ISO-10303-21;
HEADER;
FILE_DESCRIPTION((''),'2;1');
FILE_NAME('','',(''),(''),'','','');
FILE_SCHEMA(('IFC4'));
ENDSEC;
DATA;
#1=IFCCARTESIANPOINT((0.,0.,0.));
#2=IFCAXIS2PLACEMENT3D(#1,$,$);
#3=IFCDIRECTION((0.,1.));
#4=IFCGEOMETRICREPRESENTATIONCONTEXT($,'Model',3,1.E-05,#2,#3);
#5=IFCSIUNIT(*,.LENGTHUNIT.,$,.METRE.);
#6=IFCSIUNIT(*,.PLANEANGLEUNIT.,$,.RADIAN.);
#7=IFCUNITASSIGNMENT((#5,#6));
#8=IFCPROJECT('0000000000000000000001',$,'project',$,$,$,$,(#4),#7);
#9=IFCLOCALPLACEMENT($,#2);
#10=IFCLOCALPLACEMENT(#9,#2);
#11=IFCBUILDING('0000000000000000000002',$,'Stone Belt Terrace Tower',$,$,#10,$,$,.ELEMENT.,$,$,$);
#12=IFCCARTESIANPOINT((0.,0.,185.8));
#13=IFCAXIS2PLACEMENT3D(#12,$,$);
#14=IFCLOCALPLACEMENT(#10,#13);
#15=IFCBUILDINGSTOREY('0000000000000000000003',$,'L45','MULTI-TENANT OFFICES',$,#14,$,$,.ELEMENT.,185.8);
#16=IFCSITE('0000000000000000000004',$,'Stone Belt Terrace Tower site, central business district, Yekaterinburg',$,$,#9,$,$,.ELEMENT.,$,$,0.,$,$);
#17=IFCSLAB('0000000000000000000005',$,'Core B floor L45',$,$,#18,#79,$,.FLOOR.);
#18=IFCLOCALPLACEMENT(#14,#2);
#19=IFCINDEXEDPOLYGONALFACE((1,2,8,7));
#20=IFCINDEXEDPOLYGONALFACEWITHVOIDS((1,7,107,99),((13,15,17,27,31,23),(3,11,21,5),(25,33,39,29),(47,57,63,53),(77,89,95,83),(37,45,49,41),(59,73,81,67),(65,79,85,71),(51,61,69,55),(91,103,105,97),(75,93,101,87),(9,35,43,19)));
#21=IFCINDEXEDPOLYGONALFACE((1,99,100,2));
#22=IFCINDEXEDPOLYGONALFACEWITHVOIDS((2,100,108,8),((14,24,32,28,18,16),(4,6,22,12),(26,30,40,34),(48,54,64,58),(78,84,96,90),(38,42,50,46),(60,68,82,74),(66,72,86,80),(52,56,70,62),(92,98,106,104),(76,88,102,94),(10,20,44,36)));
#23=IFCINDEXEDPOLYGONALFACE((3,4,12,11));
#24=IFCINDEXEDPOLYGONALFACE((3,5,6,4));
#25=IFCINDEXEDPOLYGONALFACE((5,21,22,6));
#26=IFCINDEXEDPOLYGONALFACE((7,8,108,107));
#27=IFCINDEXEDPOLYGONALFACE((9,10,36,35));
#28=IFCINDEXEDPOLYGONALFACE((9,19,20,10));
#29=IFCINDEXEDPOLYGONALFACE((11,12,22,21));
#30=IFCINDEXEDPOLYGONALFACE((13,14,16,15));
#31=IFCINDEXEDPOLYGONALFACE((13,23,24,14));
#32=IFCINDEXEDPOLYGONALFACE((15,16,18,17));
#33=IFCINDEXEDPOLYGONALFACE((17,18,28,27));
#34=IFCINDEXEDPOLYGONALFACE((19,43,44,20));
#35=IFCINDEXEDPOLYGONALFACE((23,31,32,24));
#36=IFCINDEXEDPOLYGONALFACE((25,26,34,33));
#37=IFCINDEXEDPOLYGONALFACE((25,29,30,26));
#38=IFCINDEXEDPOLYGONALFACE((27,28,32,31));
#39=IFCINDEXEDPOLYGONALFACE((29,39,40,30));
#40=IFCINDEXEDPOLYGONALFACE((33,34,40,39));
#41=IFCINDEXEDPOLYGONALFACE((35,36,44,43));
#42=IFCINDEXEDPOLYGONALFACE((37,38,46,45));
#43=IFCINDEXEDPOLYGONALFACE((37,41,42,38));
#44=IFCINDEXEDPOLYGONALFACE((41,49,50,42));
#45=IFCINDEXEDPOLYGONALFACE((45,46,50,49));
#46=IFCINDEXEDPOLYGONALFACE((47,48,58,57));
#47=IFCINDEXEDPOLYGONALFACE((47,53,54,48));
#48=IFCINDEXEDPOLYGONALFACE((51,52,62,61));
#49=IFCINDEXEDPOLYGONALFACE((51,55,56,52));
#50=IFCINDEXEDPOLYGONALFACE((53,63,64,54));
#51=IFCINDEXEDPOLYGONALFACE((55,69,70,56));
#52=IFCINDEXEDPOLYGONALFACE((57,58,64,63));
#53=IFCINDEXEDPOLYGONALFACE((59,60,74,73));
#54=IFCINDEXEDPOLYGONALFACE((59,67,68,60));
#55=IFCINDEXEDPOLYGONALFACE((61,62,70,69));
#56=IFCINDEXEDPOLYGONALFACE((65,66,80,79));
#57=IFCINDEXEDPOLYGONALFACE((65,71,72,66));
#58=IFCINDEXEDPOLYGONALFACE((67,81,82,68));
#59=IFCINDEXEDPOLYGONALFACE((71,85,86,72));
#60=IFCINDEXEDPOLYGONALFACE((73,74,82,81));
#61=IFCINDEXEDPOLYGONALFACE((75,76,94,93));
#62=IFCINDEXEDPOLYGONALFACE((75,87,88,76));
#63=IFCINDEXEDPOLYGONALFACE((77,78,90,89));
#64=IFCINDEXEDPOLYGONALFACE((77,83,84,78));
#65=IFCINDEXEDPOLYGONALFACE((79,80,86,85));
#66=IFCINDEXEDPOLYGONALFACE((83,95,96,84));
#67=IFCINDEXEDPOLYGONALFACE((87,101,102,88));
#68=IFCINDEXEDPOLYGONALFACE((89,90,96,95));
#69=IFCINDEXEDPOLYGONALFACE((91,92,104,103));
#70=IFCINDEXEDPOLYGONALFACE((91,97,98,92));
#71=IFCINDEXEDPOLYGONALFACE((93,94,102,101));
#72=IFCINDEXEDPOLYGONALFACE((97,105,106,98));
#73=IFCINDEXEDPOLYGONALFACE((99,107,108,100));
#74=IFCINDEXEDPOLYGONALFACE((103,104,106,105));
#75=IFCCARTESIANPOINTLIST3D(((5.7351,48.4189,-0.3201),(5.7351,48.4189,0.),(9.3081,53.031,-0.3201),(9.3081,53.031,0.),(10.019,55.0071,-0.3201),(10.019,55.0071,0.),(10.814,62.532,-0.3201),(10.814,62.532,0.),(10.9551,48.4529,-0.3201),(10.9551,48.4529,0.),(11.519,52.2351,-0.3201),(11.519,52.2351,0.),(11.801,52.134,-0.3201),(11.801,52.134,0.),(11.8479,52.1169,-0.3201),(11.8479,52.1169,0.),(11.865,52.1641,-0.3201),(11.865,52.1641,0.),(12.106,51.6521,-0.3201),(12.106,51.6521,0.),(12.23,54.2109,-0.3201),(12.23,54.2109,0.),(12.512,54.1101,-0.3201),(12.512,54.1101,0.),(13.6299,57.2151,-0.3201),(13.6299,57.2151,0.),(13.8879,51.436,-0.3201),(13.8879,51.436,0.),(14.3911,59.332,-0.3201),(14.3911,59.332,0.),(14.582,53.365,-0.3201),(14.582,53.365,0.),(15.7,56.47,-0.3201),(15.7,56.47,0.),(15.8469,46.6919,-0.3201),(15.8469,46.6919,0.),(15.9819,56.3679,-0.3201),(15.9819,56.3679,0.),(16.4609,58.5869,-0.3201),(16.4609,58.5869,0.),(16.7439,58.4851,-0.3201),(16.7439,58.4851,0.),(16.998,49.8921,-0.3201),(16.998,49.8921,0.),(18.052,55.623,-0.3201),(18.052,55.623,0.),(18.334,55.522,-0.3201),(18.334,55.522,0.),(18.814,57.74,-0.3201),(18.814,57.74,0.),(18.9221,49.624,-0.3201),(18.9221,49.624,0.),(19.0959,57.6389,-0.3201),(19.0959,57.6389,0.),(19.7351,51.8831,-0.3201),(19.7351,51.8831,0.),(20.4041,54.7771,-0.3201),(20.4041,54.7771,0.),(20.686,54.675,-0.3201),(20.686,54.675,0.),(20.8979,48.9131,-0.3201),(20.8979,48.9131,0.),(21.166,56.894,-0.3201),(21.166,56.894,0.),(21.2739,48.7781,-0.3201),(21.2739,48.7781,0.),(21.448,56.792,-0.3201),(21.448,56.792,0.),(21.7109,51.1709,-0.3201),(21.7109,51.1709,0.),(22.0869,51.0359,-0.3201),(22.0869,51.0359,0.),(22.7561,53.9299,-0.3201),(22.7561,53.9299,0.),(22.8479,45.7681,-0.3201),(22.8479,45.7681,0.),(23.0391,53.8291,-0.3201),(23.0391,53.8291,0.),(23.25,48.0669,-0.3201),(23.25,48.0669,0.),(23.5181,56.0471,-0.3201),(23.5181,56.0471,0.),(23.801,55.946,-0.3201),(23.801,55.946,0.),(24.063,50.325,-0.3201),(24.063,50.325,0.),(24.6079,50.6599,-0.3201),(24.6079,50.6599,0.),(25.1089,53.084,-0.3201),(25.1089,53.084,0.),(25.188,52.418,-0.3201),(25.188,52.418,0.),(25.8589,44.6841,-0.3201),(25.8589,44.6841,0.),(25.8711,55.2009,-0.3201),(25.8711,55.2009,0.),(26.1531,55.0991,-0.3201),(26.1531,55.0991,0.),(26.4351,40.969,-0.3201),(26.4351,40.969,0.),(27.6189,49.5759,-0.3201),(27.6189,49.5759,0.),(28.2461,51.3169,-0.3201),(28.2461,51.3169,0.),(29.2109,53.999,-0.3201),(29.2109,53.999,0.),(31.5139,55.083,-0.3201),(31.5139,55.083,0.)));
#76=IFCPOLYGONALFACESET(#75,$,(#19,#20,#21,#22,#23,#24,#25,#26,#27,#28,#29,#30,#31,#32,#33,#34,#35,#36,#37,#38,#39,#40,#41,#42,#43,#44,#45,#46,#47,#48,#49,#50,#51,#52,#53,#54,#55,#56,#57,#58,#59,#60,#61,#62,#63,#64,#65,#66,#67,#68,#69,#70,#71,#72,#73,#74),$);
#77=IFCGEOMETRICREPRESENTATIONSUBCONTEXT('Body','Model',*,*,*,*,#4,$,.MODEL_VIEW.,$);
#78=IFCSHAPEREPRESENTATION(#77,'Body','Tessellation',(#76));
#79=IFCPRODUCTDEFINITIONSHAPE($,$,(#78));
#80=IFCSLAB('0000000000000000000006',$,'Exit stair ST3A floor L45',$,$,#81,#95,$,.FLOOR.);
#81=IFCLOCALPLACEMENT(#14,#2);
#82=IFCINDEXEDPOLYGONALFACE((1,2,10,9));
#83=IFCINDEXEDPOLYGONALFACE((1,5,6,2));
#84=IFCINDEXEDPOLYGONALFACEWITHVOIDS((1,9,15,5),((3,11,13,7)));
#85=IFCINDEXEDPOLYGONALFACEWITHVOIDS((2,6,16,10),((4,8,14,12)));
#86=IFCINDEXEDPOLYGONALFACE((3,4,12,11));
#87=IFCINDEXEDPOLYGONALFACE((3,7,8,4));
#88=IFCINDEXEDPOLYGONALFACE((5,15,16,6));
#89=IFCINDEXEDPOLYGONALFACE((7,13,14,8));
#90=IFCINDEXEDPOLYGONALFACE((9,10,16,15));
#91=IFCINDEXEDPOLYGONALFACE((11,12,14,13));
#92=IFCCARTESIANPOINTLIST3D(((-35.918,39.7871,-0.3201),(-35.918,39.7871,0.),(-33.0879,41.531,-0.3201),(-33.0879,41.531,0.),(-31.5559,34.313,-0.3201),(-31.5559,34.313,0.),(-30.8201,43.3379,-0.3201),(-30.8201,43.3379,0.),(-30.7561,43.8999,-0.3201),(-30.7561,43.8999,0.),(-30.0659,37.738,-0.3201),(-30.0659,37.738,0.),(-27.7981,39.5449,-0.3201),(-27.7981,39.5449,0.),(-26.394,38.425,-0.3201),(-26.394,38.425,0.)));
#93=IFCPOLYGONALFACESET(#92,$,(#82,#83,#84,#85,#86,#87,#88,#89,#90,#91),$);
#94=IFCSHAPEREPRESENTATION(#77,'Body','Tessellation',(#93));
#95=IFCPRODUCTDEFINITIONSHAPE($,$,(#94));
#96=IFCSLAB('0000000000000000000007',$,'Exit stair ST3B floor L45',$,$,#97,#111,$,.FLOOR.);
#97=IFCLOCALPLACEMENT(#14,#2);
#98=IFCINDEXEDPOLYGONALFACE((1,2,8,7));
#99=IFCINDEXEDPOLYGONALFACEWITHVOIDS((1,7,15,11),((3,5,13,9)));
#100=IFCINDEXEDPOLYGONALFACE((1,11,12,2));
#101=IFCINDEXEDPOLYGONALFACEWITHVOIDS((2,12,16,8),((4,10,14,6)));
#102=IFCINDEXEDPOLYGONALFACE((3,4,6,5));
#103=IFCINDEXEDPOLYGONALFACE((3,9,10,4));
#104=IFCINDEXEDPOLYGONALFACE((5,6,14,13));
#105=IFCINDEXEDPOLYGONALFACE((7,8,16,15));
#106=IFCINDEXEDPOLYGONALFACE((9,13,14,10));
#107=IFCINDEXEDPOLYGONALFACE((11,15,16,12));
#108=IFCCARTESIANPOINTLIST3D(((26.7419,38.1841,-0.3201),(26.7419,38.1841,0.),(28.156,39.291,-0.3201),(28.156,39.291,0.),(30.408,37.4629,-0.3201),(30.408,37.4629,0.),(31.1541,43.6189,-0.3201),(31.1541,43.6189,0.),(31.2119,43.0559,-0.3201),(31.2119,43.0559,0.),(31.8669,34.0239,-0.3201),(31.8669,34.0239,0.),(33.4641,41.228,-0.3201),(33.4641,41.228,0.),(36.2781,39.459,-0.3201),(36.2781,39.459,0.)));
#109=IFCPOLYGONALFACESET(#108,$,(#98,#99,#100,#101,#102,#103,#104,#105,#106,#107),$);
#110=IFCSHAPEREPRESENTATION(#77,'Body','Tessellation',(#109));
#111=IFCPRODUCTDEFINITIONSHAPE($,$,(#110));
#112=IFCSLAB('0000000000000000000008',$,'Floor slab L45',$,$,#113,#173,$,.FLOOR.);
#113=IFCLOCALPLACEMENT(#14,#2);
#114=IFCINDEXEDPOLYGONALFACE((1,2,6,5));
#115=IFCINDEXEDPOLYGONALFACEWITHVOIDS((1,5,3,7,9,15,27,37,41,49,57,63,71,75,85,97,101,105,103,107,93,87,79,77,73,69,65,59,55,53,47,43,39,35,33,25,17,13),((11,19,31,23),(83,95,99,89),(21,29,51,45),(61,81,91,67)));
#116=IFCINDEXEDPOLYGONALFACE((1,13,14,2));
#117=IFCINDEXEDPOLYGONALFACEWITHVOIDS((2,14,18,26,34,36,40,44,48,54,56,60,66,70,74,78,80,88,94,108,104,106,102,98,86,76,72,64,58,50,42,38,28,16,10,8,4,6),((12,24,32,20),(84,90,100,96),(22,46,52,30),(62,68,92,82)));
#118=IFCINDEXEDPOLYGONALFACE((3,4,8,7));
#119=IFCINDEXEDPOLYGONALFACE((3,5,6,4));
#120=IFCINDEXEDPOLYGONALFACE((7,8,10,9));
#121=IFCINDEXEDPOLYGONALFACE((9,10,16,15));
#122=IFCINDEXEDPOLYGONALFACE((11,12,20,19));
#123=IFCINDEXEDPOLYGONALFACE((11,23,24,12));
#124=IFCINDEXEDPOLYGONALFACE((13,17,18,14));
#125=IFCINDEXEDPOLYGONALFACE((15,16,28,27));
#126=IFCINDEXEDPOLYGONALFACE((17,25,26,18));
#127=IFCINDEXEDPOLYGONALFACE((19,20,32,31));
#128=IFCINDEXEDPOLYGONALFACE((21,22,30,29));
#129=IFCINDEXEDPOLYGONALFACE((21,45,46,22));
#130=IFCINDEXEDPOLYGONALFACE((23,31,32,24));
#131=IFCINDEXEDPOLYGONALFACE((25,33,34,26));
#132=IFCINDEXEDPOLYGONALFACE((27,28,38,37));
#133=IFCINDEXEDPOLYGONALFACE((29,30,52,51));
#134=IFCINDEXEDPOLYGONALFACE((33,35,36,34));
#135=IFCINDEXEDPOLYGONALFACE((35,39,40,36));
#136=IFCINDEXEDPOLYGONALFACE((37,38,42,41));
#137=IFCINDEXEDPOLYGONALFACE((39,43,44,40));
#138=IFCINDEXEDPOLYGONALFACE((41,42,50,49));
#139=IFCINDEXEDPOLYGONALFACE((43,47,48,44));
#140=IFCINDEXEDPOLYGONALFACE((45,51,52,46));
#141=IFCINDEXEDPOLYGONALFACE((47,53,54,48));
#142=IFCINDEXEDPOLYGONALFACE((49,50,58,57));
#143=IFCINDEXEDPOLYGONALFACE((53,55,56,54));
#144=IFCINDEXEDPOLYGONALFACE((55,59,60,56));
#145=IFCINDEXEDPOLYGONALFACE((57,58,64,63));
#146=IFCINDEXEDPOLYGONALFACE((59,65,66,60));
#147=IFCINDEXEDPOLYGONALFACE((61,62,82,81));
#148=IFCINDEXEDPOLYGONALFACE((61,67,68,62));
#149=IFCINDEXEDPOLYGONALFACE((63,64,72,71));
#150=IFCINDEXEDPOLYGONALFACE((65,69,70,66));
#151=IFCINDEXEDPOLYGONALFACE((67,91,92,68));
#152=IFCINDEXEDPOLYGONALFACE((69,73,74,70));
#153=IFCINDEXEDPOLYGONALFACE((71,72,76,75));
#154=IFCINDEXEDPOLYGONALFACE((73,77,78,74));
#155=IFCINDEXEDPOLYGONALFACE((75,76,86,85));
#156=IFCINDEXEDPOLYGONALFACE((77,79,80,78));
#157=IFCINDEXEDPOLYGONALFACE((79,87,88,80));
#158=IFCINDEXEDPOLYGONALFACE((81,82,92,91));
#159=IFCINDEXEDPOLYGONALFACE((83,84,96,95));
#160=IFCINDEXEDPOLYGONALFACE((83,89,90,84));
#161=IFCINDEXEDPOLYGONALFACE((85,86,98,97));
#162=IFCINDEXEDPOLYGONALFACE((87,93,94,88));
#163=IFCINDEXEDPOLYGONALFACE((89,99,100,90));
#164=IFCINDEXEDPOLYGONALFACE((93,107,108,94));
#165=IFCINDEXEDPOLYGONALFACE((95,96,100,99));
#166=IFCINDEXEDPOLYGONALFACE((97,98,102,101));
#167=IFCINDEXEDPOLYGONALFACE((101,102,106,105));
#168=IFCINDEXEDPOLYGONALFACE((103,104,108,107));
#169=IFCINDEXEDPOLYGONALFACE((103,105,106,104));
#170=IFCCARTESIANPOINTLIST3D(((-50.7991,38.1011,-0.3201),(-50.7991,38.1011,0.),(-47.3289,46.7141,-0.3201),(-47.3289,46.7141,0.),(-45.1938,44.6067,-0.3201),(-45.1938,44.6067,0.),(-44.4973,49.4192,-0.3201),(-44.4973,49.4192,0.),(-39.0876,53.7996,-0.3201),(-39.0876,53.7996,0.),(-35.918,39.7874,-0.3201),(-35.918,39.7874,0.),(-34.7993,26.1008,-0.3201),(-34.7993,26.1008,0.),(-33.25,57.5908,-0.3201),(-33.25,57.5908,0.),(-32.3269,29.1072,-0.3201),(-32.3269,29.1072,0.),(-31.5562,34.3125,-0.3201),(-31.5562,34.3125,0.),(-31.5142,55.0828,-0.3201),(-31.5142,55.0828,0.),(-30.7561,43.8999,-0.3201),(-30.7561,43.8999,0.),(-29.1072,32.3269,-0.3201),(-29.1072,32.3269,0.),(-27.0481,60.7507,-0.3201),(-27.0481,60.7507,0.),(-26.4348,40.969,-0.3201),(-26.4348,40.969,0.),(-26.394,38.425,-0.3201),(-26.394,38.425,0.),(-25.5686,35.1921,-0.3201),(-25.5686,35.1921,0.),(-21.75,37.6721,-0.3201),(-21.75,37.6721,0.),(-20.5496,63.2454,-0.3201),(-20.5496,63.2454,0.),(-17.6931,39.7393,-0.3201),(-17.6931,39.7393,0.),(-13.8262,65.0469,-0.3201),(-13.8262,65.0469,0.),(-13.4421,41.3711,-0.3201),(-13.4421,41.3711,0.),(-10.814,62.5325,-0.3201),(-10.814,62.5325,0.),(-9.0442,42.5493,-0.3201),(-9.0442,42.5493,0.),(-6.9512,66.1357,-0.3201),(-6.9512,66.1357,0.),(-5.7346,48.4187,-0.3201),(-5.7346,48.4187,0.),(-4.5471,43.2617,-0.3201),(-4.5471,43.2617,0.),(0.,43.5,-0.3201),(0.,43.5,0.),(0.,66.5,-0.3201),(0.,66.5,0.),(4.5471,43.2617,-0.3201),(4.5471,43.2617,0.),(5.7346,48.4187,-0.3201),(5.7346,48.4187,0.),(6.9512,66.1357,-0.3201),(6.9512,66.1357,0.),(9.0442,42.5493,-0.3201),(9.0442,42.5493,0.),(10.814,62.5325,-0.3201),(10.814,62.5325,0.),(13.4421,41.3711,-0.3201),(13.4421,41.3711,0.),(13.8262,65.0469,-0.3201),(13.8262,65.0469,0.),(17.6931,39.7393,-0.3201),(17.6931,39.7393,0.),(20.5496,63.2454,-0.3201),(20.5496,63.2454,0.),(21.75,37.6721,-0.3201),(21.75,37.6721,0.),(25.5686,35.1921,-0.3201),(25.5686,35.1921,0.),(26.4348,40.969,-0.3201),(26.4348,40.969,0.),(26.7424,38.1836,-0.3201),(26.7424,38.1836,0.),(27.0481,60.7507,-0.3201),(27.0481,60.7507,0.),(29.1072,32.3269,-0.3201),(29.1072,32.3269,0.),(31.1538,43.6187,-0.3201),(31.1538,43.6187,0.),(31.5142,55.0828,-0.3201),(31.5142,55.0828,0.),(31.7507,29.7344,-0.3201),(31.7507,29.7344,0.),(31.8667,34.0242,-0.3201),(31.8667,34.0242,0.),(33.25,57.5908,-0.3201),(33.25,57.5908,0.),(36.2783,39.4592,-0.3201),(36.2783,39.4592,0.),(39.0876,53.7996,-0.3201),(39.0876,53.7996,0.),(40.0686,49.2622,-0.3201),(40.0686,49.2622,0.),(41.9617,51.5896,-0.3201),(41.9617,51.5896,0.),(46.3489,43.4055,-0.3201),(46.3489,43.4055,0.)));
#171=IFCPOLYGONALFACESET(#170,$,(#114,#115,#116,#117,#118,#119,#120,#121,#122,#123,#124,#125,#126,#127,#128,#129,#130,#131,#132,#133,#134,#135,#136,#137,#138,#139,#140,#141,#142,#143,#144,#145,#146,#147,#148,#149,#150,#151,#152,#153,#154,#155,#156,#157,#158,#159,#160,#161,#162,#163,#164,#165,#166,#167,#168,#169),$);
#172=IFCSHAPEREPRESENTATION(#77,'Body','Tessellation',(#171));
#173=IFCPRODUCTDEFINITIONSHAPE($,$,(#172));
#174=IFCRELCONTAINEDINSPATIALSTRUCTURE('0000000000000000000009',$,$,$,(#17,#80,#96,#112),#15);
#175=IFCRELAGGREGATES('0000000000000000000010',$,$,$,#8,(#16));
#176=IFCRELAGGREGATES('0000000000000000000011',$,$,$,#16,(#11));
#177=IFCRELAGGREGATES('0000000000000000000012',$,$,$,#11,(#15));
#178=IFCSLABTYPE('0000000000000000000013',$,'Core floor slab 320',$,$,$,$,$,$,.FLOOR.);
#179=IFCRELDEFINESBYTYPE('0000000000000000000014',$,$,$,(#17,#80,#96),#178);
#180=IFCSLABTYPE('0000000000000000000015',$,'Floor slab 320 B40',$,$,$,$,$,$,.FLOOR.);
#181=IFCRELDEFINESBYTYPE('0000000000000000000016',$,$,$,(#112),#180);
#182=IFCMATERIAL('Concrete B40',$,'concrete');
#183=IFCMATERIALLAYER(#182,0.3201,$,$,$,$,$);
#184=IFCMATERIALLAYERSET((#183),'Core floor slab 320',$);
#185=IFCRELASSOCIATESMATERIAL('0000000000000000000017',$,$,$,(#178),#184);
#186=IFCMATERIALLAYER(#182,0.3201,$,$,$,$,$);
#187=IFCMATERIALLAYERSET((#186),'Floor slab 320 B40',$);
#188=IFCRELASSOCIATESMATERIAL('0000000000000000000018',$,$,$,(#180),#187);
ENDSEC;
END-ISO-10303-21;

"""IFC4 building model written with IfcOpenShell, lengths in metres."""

from ifc_helpers import new_model, si_unit, direction, frame, origin, place, context, subcontext, project, spatial, polyline, outline, extrude, material, layer, layer_set, type_object, element, save


model = new_model("IFC4")

# Units and contexts
model_context = context("Model", 3, precision=1e-05, world=origin(), true_north=direction((0.0, 1.0)))
body_context = subcontext(model_context, "Body", "Model", "MODEL_VIEW")
ifc_project = project(units=[si_unit("LENGTHUNIT", "METRE"), si_unit("PLANEANGLEUNIT", "RADIAN")], contexts=[model_context])

# Site, building, storey
site_placement = place(None, origin())
site = spatial("IfcSite", under=ifc_project, at=site_placement, Name="Stone Belt Terrace Tower site, central business district, Yekaterinburg", CompositionType="ELEMENT", RefElevation=0.0)
building_placement = place(site_placement, origin())
building = spatial("IfcBuilding", under=site, at=building_placement, Name="Stone Belt Terrace Tower", CompositionType="ELEMENT")
storey_placement = place(building_placement, frame((0.0, 0.0, 185.8)))
storey = spatial("IfcBuildingStorey", under=building, at=storey_placement, Name="L45", Description="MULTI-TENANT OFFICES", CompositionType="ELEMENT", Elevation=185.8)

# Slabs
ifc_material_1 = material(Name="Concrete B40", Category="concrete")
ifc_layer_1 = layer(ifc_material_1, 0.3201)
ifc_layer_set_1 = layer_set([ifc_layer_1], Name="Core floor slab 320")
slab_type_1 = type_object("IfcSlabType", Name="Core floor slab 320", PredefinedType="FLOOR", material=ifc_layer_set_1)
slab_1_placement = place(storey_placement, frame((0.0, 0.0, -0.3201)))
element("IfcSlab", 1, at=slab_1_placement, inside=storey, type_object=slab_type_1, Name="Core B floor L45", PredefinedType="FLOOR", context=body_context, shape_type="SweptSolid", body=[
    extrude(outline(polyline([(26.4351, 40.969), (31.5139, 55.083), (10.814, 62.532), (5.7351, 48.4189), (26.4351, 40.969)]), holes=[polyline([(12.106, 51.6521), (16.998, 49.8921), (15.8469, 46.6919), (10.9551, 48.4529), (12.106, 51.6521)]), polyline([(12.512, 54.1101), (14.582, 53.365), (13.8879, 51.436), (11.865, 52.1641), (11.8479, 52.1169), (11.801, 52.134), (12.512, 54.1101)]), polyline([(9.3081, 53.031), (10.019, 55.0071), (12.23, 54.2109), (11.519, 52.2351), (9.3081, 53.031)]), polyline([(18.334, 55.522), (19.0959, 57.6389), (21.166, 56.894), (20.4041, 54.7771), (18.334, 55.522)]), polyline([(16.7439, 58.4851), (18.814, 57.74), (18.052, 55.623), (15.9819, 56.3679), (16.7439, 58.4851)]), polyline([(14.3911, 59.332), (16.4609, 58.5869), (15.7, 56.47), (13.6299, 57.2151), (14.3911, 59.332)]), polyline([(27.6189, 49.5759), (25.8589, 44.6841), (22.8479, 45.7681), (24.6079, 50.6599), (27.6189, 49.5759)]), polyline([(23.25, 48.0669), (21.2739, 48.7781), (22.0869, 51.0359), (24.063, 50.325), (23.25, 48.0669)]), polyline([(20.8979, 48.9131), (18.9221, 49.624), (19.7351, 51.8831), (21.7109, 51.1709), (20.8979, 48.9131)]), polyline([(26.1531, 55.0991), (29.2109, 53.999), (28.2461, 51.3169), (25.188, 52.418), (26.1531, 55.0991)]), polyline([(23.801, 55.946), (25.8711, 55.2009), (25.1089, 53.084), (23.0391, 53.8291), (23.801, 55.946)]), polyline([(21.448, 56.792), (23.5181, 56.0471), (22.7561, 53.9299), (20.686, 54.675), (21.448, 56.792)])]), origin(), (0.0, 0.0, 1.0), 0.3201),
])
slab_2_placement = place(storey_placement, frame((0.0, 0.0, -0.3201)))
element("IfcSlab", 2, at=slab_2_placement, inside=storey, type_object=slab_type_1, Name="Exit stair ST3A floor L45", PredefinedType="FLOOR", context=body_context, shape_type="SweptSolid", body=[
    extrude(outline(polyline([(-26.394, 38.425), (-30.7561, 43.8999), (-35.918, 39.7871), (-31.5559, 34.313), (-26.394, 38.425)]), holes=[polyline([(-27.7981, 39.5449), (-30.0659, 37.738), (-33.0879, 41.531), (-30.8201, 43.3379), (-27.7981, 39.5449)])]), origin(), (0.0, 0.0, 1.0), 0.3201),
])
slab_3_placement = place(storey_placement, frame((0.0, 0.0, -0.3201)))
element("IfcSlab", 3, at=slab_3_placement, inside=storey, type_object=slab_type_1, Name="Exit stair ST3B floor L45", PredefinedType="FLOOR", context=body_context, shape_type="SweptSolid", body=[
    extrude(outline(polyline([(26.7419, 38.1841), (31.8669, 34.0239), (36.2781, 39.459), (31.1541, 43.6189), (26.7419, 38.1841)]), holes=[polyline([(30.408, 37.4629), (28.156, 39.291), (31.2119, 43.0559), (33.4641, 41.228), (30.408, 37.4629)])]), origin(), (0.0, 0.0, 1.0), 0.3201),
])
ifc_layer_2 = layer(ifc_material_1, 0.3201)
ifc_layer_set_2 = layer_set([ifc_layer_2], Name="Floor slab 320 B40")
slab_type_2 = type_object("IfcSlabType", Name="Floor slab 320 B40", PredefinedType="FLOOR", material=ifc_layer_set_2)
slab_4_placement = place(storey_placement, frame((0.0, 0.0, -0.3201)))
element("IfcSlab", 4, at=slab_4_placement, inside=storey, type_object=slab_type_2, Name="Floor slab L45", PredefinedType="FLOOR", context=body_context, shape_type="SweptSolid", body=[
    extrude(outline(polyline([(-44.4973, 49.4192), (-39.0876, 53.7996), (-33.25, 57.5908), (-27.0481, 60.7507), (-20.5496, 63.2454), (-13.8262, 65.0469), (-6.9512, 66.1357), (0.0, 66.5), (6.9512, 66.1357), (13.8262, 65.0469), (20.5496, 63.2454), (27.0481, 60.7507), (33.25, 57.5908), (39.0876, 53.7996), (41.9617, 51.5896), (40.0686, 49.2622), (46.3489, 43.4055), (31.7507, 29.7344), (29.1072, 32.3269), (25.5686, 35.1921), (21.75, 37.6721), (17.6931, 39.7393), (13.4421, 41.3711), (9.0442, 42.5493), (4.5471, 43.2617), (0.0, 43.5), (-4.5471, 43.2617), (-9.0442, 42.5493), (-13.4421, 41.3711), (-17.6931, 39.7393), (-21.75, 37.6721), (-25.5686, 35.1921), (-29.1072, 32.3269), (-32.3269, 29.1072), (-34.7993, 26.1008), (-50.7991, 38.1011), (-45.1938, 44.6067), (-47.3289, 46.7141), (-44.4973, 49.4192)]), holes=[polyline([(-26.4348, 40.969), (-5.7346, 48.4187), (-10.814, 62.5325), (-31.5142, 55.0828), (-26.4348, 40.969)]), polyline([(10.814, 62.5325), (5.7346, 48.4187), (26.4348, 40.969), (31.5142, 55.0828), (10.814, 62.5325)]), polyline([(-35.918, 39.7874), (-31.5562, 34.3125), (-26.394, 38.425), (-30.7561, 43.8999), (-35.918, 39.7874)]), polyline([(36.2783, 39.4592), (31.1538, 43.6187), (26.7424, 38.1836), (31.8667, 34.0242), (36.2783, 39.4592)])]), origin(), (0.0, 0.0, 1.0), 0.3201),
])

save(model, "model.ifc")
